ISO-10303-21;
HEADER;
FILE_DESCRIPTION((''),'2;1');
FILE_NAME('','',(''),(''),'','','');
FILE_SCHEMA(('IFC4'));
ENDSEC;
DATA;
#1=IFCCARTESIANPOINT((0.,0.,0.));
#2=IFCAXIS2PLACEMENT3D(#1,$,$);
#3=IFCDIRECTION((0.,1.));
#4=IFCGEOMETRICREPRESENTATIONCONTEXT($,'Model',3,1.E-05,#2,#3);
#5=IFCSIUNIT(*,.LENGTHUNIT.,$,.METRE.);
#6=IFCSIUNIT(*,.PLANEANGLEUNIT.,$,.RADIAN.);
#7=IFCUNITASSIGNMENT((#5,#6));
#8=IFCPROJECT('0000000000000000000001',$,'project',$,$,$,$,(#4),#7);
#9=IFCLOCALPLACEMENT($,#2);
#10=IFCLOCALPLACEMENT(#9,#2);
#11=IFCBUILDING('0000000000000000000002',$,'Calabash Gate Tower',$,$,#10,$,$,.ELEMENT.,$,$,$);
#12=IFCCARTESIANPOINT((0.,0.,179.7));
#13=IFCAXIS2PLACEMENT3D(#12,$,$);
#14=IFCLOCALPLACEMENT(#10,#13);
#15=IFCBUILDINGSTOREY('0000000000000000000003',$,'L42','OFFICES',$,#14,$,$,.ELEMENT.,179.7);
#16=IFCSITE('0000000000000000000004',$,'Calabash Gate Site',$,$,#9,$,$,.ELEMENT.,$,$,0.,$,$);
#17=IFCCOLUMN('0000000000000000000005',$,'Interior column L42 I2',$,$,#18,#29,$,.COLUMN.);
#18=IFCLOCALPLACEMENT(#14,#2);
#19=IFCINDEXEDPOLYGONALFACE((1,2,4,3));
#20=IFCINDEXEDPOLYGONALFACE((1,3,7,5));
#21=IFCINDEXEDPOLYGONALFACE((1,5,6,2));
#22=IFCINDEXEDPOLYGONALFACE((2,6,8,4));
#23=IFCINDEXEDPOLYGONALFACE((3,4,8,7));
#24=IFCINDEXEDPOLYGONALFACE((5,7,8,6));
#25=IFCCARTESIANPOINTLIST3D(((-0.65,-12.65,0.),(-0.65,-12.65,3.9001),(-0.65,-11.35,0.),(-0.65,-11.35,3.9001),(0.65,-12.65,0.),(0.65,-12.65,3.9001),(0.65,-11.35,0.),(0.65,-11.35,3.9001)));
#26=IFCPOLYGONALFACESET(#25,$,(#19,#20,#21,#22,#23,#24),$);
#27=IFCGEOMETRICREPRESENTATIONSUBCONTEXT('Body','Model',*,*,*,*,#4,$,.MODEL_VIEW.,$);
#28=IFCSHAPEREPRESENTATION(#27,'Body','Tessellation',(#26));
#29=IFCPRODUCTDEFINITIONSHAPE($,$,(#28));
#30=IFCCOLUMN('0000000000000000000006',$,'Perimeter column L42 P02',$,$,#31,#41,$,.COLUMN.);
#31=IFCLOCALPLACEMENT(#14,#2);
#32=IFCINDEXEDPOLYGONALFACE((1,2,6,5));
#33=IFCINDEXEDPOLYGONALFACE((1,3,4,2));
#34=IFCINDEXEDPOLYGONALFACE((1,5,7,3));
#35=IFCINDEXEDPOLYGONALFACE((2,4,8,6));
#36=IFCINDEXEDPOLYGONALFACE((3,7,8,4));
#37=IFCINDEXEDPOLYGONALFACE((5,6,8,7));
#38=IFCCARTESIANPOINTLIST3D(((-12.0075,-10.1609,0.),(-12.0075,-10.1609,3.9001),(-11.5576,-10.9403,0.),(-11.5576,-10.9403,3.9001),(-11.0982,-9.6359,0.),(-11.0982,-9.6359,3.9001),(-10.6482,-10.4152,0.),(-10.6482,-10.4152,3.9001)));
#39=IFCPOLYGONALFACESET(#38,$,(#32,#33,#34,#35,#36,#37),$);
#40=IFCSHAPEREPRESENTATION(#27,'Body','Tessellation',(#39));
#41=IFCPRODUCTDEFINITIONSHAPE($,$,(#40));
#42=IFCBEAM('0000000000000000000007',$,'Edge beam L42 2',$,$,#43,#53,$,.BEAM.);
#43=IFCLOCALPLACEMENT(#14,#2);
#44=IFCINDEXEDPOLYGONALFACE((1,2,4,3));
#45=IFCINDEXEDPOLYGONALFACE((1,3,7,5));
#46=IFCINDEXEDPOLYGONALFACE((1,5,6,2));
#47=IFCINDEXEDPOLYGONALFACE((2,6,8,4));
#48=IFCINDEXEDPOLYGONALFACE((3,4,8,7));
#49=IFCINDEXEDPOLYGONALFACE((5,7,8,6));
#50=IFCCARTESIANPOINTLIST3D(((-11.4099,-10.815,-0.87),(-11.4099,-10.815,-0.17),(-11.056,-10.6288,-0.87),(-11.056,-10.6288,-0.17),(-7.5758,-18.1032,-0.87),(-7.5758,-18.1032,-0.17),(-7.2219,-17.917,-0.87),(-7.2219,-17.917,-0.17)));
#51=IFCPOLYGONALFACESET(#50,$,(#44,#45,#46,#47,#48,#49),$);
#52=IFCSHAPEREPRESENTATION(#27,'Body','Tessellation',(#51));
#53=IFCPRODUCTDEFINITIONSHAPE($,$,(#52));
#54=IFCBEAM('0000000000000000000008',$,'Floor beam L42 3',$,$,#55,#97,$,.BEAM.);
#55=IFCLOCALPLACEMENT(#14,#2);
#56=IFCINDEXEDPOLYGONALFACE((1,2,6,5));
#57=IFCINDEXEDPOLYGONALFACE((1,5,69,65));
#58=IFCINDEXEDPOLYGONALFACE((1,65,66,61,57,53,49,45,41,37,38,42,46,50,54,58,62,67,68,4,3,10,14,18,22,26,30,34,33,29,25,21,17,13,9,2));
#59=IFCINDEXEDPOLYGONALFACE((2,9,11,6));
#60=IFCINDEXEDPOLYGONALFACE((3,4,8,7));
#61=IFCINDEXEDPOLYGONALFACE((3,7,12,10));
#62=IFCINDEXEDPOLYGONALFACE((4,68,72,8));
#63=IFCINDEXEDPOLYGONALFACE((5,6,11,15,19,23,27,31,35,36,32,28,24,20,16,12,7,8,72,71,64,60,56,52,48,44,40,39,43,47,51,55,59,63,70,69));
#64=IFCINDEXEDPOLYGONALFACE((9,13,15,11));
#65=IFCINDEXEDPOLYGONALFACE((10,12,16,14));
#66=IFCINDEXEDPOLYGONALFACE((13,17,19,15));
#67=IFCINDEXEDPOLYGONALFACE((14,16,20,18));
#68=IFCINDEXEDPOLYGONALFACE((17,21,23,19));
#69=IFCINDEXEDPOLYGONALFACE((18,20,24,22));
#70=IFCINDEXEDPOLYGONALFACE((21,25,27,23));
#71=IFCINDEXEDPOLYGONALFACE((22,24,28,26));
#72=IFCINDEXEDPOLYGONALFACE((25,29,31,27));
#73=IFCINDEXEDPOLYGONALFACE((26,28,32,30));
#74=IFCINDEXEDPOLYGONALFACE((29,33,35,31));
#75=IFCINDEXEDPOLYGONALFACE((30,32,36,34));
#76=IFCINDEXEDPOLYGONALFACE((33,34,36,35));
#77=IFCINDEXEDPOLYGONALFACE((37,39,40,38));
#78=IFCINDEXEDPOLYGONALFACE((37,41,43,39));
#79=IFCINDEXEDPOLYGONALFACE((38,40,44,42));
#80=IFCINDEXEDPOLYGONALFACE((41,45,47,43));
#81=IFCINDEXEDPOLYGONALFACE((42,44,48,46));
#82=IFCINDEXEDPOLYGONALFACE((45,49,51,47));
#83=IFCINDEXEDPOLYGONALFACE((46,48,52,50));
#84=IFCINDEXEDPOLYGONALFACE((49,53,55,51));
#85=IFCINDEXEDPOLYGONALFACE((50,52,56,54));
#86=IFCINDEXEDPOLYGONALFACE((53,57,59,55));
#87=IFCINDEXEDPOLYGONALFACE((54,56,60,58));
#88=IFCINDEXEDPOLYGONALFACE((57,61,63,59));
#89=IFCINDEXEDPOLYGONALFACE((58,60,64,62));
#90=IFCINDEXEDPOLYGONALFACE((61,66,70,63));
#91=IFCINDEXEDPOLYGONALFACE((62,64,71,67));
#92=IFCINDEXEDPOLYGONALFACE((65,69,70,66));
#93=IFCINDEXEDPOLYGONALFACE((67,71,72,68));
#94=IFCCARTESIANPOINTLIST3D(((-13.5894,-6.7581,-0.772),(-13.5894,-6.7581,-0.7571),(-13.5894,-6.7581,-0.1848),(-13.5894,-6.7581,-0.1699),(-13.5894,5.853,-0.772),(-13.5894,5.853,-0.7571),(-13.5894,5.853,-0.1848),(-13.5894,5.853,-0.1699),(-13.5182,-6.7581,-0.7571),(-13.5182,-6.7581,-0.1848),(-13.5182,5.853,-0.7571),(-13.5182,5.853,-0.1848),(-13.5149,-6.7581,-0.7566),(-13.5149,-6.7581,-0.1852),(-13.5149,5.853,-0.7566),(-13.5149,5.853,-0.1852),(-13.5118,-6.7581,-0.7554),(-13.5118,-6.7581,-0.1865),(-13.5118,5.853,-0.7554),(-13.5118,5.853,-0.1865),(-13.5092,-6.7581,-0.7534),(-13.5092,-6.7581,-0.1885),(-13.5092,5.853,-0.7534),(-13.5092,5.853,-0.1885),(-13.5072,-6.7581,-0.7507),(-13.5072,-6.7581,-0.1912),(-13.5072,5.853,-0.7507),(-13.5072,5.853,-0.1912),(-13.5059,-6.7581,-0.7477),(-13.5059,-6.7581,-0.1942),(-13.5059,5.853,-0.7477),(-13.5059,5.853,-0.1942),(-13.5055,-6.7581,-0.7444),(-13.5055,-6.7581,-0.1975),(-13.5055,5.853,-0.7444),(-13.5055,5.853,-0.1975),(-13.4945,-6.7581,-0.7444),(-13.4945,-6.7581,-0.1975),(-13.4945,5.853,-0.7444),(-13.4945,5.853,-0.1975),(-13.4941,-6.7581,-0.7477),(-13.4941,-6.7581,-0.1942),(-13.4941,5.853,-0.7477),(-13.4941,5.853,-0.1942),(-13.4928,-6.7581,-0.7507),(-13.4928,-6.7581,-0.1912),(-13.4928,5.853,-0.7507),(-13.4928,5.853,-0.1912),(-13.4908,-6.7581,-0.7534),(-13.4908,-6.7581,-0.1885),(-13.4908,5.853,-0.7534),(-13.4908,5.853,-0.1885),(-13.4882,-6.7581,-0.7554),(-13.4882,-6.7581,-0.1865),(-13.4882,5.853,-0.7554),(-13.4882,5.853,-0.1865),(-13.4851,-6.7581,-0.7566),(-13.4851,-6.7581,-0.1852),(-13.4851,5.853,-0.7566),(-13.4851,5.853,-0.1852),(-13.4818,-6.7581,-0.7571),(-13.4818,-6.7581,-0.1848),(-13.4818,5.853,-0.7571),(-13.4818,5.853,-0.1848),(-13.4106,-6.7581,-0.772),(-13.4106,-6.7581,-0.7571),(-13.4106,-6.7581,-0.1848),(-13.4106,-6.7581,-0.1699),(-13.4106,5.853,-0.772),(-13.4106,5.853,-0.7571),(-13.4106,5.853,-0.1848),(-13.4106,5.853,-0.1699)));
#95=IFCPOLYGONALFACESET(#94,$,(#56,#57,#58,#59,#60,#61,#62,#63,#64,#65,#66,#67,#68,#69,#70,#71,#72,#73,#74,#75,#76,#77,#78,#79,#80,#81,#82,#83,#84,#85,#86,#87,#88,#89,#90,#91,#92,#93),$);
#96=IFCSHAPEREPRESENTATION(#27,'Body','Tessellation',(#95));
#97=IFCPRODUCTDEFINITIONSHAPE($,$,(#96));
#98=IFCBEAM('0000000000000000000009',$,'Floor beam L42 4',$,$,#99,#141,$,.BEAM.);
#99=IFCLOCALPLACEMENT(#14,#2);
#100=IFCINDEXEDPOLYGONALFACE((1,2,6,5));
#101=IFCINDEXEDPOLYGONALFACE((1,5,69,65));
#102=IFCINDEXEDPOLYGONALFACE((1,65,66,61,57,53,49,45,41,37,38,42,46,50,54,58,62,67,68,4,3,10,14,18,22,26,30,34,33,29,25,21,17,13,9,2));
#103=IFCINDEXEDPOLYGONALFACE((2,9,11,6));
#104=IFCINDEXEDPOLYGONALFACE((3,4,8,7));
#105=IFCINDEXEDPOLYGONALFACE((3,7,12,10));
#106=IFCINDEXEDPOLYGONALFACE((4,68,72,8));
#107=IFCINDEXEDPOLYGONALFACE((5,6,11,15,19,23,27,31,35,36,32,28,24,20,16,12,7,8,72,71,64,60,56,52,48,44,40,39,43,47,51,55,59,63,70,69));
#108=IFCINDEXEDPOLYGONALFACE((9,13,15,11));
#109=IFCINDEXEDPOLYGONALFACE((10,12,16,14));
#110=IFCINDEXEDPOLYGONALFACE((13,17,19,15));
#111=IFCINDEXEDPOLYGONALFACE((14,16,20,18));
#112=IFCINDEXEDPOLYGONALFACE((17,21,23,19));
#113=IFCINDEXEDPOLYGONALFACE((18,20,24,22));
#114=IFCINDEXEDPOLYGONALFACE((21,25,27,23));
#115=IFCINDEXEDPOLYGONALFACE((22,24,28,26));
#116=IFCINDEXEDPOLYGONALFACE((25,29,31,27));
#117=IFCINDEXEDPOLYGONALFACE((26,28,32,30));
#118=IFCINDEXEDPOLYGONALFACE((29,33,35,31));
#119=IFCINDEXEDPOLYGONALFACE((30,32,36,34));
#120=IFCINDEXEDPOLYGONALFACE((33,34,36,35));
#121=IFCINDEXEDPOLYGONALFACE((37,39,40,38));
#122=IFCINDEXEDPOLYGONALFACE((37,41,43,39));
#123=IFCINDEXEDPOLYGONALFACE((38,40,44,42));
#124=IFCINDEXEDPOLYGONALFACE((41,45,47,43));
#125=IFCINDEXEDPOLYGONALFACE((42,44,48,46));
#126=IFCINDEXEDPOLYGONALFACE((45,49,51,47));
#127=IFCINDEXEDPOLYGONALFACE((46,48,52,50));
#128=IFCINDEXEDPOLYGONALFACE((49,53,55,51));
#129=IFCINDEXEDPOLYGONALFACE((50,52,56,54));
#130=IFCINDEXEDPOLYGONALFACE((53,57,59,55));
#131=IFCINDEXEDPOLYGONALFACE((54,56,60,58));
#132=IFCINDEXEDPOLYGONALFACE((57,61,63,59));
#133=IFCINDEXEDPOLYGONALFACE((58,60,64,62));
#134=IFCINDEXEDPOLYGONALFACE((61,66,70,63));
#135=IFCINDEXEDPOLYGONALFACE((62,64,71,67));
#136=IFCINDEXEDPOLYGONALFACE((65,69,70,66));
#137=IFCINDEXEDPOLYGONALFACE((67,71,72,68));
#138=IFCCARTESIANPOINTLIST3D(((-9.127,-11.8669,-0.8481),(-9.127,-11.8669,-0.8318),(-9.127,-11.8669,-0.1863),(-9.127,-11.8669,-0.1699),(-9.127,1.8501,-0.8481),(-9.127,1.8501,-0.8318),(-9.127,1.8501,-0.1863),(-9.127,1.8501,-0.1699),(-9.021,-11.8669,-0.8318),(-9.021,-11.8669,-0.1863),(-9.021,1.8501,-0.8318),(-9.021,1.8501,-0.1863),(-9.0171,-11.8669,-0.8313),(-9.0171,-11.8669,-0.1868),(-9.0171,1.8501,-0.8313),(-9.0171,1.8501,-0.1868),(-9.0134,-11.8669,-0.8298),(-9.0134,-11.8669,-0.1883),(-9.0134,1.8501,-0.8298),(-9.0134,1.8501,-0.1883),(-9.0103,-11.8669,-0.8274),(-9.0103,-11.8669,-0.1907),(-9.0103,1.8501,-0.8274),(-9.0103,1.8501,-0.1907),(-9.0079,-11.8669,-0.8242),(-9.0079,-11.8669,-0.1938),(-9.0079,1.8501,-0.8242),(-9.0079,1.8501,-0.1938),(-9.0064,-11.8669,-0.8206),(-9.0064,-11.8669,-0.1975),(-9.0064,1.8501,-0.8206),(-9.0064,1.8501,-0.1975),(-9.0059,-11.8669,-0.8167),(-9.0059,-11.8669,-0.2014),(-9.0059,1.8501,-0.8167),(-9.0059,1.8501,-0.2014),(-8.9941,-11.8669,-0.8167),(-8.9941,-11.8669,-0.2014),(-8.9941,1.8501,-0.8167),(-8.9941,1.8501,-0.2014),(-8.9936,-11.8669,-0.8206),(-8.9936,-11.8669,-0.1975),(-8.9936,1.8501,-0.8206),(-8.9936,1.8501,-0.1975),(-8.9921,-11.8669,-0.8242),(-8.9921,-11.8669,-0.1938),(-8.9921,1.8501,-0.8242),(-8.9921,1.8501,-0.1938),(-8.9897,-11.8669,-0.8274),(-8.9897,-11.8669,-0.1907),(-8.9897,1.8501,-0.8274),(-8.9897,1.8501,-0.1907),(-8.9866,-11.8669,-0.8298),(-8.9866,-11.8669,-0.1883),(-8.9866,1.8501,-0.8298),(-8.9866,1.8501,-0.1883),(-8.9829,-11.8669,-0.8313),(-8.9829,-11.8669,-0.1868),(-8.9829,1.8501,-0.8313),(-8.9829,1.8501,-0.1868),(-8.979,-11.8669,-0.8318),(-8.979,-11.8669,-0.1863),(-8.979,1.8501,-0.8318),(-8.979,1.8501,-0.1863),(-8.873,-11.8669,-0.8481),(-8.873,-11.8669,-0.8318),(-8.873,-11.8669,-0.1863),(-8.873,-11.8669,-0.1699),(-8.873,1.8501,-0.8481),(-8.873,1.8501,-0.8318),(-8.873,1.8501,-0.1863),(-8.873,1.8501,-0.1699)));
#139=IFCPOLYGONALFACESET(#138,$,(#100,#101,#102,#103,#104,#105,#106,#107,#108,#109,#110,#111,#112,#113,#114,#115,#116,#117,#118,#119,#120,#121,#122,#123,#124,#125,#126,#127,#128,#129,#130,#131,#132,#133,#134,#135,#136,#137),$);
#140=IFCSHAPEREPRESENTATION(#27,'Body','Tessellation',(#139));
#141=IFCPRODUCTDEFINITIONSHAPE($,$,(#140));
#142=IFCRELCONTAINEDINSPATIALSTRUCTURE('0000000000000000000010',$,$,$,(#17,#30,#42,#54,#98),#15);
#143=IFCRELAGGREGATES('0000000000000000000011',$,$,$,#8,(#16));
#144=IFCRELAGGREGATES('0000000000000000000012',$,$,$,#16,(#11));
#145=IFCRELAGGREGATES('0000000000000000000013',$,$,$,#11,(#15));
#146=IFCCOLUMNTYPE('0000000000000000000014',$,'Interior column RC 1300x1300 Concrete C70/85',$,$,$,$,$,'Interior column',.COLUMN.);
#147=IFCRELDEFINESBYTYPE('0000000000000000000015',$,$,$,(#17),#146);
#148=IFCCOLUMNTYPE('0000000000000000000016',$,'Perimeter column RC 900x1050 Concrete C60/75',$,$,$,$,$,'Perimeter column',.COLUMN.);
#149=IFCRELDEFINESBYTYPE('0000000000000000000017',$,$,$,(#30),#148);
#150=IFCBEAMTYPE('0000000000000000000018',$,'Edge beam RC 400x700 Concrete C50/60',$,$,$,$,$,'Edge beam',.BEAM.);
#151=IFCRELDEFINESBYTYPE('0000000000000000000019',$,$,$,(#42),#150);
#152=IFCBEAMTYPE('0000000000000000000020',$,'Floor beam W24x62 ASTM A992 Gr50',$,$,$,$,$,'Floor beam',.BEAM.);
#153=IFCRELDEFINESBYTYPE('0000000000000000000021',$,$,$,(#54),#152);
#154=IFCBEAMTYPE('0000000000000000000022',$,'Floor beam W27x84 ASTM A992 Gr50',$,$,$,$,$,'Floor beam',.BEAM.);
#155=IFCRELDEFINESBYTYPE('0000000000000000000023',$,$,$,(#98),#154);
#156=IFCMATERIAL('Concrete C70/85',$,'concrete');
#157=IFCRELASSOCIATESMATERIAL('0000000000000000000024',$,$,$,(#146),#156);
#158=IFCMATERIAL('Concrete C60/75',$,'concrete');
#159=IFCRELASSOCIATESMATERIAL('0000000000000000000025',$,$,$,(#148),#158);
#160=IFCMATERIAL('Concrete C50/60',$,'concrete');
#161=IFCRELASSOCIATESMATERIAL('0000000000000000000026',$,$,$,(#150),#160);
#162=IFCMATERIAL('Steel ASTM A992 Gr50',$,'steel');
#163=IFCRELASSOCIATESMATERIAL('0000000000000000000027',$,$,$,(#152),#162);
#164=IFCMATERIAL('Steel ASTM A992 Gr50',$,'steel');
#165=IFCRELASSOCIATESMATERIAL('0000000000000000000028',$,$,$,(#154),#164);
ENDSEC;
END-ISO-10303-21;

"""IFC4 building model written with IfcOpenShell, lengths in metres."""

from ifc_helpers import new_model, si_unit, direction, frame, origin, origin_2d, place, context, subcontext, project, spatial, rectangle, i_section, extrude, material, material_profile, profile_set, type_object, element, save


model = new_model("IFC4")

# Units and contexts
model_context = context("Model", 3, precision=1e-05, world=origin(), true_north=direction((0.0, 1.0)))
body_context = subcontext(model_context, "Body", "Model", "MODEL_VIEW")
ifc_project = project(units=[si_unit("LENGTHUNIT", "METRE"), si_unit("PLANEANGLEUNIT", "RADIAN")], contexts=[model_context])

# Site, building, storey
site_placement = place(None, origin())
site = spatial("IfcSite", under=ifc_project, at=site_placement, Name="Calabash Gate Site", CompositionType="ELEMENT", RefElevation=0.0)
building_placement = place(site_placement, origin())
building = spatial("IfcBuilding", under=site, at=building_placement, Name="Calabash Gate Tower", CompositionType="ELEMENT")
storey_placement = place(building_placement, frame((0.0, 0.0, 179.7)))
storey = spatial("IfcBuildingStorey", under=building, at=storey_placement, Name="L42", Description="OFFICES", CompositionType="ELEMENT", Elevation=179.7)

# Columns
ifc_material_1 = material(Name="Concrete C70/85", Category="concrete")
ifc_material_profile_1 = material_profile(ifc_material_1, rectangle(XDim=1.3, YDim=1.3, at=origin_2d()))
ifc_profile_set_1 = profile_set([ifc_material_profile_1], Name="Concrete C70/85")
column_type_1 = type_object("IfcColumnType", Name="Interior column RC 1300x1300 Concrete C70/85", ElementType="Interior column", PredefinedType="COLUMN", material=ifc_profile_set_1)
column_1_placement = place(storey_placement, frame((0.0, -12.0, 0.0), z_axis=(0.0, 0.0, 1.0), x_axis=(1.0, 0.0, 0.0)))
element("IfcColumn", 1, at=column_1_placement, inside=storey, type_object=column_type_1, Name="Interior column L42 I2", PredefinedType="COLUMN", context=body_context, shape_type="SweptSolid", body=[
    extrude(rectangle(XDim=1.3, YDim=1.3, at=origin_2d()), origin(), (0.0, 0.0, 1.0), 3.9001),
])
ifc_material_2 = material(Name="Concrete C60/75", Category="concrete")
ifc_material_profile_2 = material_profile(ifc_material_2, rectangle(XDim=0.8999, YDim=1.05, at=origin_2d()))
ifc_profile_set_2 = profile_set([ifc_material_profile_2], Name="Concrete C60/75")
column_type_2 = type_object("IfcColumnType", Name="Perimeter column RC 900x1050 Concrete C60/75", ElementType="Perimeter column", PredefinedType="COLUMN", material=ifc_profile_set_2)
column_2_placement = place(storey_placement, frame((-11.3279, -10.2881, 0.0), z_axis=(0.0, 0.0, 1.0), x_axis=(0.5, -0.866025, 0.0)))
element("IfcColumn", 2, at=column_2_placement, inside=storey, type_object=column_type_2, Name="Perimeter column L42 P02", PredefinedType="COLUMN", context=body_context, shape_type="SweptSolid", body=[
    extrude(rectangle(XDim=0.8999, YDim=1.05, at=origin_2d()), origin(), (0.0, 0.0, 1.0), 3.9001),
])

# Beams
ifc_material_3 = material(Name="Concrete C50/60", Category="concrete")
ifc_material_profile_3 = material_profile(ifc_material_3, rectangle(XDim=0.3999, YDim=0.7, at=origin_2d()))
ifc_profile_set_3 = profile_set([ifc_material_profile_3], Name="Concrete C50/60")
beam_type_1 = type_object("IfcBeamType", Name="Edge beam RC 400x700 Concrete C50/60", ElementType="Edge beam", PredefinedType="BEAM", material=ifc_profile_set_3)
beam_1_placement = place(storey_placement, frame((-11.2329, -10.7219, -0.52), z_axis=(0.46557, -0.885011, 0.0), x_axis=(0.885011, 0.46557, 0.0)))
element("IfcBeam", 3, at=beam_1_placement, inside=storey, type_object=beam_type_1, Name="Edge beam L42 2", PredefinedType="BEAM", context=body_context, shape_type="SweptSolid", body=[
    extrude(rectangle(XDim=0.3999, YDim=0.7, at=origin_2d()), origin(), (0.0, 0.0, 1.0), 8.2351),
])
ifc_material_4 = material(Name="Steel ASTM A992 Gr50", Category="steel")
ifc_material_profile_4 = material_profile(ifc_material_4, i_section(OverallWidth=0.1787, OverallDepth=0.6021, WebThickness=0.011, FlangeThickness=0.0149, FilletRadius=0.0127, at=origin_2d()))
ifc_profile_set_4 = profile_set([ifc_material_profile_4], Name="Steel ASTM A992 Gr50")
beam_type_2 = type_object("IfcBeamType", Name="Floor beam W24x62 ASTM A992 Gr50", ElementType="Floor beam", PredefinedType="BEAM", material=ifc_profile_set_4)
beam_2_placement = place(storey_placement, frame((-13.5, -6.7581, -0.4709), z_axis=(0.0, 1.0, 0.0), x_axis=(-1.0, 0.0, 0.0)))
element("IfcBeam", 4, at=beam_2_placement, inside=storey, type_object=beam_type_2, Name="Floor beam L42 3", PredefinedType="BEAM", context=body_context, shape_type="SweptSolid", body=[
    extrude(i_section(OverallWidth=0.1787, OverallDepth=0.6021, WebThickness=0.011, FlangeThickness=0.0149, FilletRadius=0.0127, at=origin_2d()), origin(), (0.0, 0.0, 1.0), 12.6111),
])
ifc_material_5 = material(Name="Steel ASTM A992 Gr50", Category="steel")
ifc_material_profile_5 = material_profile(ifc_material_5, i_section(OverallWidth=0.2539, OverallDepth=0.6782, WebThickness=0.0117, FlangeThickness=0.0164, FilletRadius=0.0151, at=origin_2d()))
ifc_profile_set_5 = profile_set([ifc_material_profile_5], Name="Steel ASTM A992 Gr50")
beam_type_3 = type_object("IfcBeamType", Name="Floor beam W27x84 ASTM A992 Gr50", ElementType="Floor beam", PredefinedType="BEAM", material=ifc_profile_set_5)
beam_3_placement = place(storey_placement, frame((-9.0, -11.8669, -0.509), z_axis=(0.0, 1.0, 0.0), x_axis=(-1.0, 0.0, 0.0)))
element("IfcBeam", 5, at=beam_3_placement, inside=storey, type_object=beam_type_3, Name="Floor beam L42 4", PredefinedType="BEAM", context=body_context, shape_type="SweptSolid", body=[
    extrude(i_section(OverallWidth=0.2539, OverallDepth=0.6782, WebThickness=0.0117, FlangeThickness=0.0164, FilletRadius=0.0151, at=origin_2d()), origin(), (0.0, 0.0, 1.0), 13.717),
])

save(model, "model.ifc")
